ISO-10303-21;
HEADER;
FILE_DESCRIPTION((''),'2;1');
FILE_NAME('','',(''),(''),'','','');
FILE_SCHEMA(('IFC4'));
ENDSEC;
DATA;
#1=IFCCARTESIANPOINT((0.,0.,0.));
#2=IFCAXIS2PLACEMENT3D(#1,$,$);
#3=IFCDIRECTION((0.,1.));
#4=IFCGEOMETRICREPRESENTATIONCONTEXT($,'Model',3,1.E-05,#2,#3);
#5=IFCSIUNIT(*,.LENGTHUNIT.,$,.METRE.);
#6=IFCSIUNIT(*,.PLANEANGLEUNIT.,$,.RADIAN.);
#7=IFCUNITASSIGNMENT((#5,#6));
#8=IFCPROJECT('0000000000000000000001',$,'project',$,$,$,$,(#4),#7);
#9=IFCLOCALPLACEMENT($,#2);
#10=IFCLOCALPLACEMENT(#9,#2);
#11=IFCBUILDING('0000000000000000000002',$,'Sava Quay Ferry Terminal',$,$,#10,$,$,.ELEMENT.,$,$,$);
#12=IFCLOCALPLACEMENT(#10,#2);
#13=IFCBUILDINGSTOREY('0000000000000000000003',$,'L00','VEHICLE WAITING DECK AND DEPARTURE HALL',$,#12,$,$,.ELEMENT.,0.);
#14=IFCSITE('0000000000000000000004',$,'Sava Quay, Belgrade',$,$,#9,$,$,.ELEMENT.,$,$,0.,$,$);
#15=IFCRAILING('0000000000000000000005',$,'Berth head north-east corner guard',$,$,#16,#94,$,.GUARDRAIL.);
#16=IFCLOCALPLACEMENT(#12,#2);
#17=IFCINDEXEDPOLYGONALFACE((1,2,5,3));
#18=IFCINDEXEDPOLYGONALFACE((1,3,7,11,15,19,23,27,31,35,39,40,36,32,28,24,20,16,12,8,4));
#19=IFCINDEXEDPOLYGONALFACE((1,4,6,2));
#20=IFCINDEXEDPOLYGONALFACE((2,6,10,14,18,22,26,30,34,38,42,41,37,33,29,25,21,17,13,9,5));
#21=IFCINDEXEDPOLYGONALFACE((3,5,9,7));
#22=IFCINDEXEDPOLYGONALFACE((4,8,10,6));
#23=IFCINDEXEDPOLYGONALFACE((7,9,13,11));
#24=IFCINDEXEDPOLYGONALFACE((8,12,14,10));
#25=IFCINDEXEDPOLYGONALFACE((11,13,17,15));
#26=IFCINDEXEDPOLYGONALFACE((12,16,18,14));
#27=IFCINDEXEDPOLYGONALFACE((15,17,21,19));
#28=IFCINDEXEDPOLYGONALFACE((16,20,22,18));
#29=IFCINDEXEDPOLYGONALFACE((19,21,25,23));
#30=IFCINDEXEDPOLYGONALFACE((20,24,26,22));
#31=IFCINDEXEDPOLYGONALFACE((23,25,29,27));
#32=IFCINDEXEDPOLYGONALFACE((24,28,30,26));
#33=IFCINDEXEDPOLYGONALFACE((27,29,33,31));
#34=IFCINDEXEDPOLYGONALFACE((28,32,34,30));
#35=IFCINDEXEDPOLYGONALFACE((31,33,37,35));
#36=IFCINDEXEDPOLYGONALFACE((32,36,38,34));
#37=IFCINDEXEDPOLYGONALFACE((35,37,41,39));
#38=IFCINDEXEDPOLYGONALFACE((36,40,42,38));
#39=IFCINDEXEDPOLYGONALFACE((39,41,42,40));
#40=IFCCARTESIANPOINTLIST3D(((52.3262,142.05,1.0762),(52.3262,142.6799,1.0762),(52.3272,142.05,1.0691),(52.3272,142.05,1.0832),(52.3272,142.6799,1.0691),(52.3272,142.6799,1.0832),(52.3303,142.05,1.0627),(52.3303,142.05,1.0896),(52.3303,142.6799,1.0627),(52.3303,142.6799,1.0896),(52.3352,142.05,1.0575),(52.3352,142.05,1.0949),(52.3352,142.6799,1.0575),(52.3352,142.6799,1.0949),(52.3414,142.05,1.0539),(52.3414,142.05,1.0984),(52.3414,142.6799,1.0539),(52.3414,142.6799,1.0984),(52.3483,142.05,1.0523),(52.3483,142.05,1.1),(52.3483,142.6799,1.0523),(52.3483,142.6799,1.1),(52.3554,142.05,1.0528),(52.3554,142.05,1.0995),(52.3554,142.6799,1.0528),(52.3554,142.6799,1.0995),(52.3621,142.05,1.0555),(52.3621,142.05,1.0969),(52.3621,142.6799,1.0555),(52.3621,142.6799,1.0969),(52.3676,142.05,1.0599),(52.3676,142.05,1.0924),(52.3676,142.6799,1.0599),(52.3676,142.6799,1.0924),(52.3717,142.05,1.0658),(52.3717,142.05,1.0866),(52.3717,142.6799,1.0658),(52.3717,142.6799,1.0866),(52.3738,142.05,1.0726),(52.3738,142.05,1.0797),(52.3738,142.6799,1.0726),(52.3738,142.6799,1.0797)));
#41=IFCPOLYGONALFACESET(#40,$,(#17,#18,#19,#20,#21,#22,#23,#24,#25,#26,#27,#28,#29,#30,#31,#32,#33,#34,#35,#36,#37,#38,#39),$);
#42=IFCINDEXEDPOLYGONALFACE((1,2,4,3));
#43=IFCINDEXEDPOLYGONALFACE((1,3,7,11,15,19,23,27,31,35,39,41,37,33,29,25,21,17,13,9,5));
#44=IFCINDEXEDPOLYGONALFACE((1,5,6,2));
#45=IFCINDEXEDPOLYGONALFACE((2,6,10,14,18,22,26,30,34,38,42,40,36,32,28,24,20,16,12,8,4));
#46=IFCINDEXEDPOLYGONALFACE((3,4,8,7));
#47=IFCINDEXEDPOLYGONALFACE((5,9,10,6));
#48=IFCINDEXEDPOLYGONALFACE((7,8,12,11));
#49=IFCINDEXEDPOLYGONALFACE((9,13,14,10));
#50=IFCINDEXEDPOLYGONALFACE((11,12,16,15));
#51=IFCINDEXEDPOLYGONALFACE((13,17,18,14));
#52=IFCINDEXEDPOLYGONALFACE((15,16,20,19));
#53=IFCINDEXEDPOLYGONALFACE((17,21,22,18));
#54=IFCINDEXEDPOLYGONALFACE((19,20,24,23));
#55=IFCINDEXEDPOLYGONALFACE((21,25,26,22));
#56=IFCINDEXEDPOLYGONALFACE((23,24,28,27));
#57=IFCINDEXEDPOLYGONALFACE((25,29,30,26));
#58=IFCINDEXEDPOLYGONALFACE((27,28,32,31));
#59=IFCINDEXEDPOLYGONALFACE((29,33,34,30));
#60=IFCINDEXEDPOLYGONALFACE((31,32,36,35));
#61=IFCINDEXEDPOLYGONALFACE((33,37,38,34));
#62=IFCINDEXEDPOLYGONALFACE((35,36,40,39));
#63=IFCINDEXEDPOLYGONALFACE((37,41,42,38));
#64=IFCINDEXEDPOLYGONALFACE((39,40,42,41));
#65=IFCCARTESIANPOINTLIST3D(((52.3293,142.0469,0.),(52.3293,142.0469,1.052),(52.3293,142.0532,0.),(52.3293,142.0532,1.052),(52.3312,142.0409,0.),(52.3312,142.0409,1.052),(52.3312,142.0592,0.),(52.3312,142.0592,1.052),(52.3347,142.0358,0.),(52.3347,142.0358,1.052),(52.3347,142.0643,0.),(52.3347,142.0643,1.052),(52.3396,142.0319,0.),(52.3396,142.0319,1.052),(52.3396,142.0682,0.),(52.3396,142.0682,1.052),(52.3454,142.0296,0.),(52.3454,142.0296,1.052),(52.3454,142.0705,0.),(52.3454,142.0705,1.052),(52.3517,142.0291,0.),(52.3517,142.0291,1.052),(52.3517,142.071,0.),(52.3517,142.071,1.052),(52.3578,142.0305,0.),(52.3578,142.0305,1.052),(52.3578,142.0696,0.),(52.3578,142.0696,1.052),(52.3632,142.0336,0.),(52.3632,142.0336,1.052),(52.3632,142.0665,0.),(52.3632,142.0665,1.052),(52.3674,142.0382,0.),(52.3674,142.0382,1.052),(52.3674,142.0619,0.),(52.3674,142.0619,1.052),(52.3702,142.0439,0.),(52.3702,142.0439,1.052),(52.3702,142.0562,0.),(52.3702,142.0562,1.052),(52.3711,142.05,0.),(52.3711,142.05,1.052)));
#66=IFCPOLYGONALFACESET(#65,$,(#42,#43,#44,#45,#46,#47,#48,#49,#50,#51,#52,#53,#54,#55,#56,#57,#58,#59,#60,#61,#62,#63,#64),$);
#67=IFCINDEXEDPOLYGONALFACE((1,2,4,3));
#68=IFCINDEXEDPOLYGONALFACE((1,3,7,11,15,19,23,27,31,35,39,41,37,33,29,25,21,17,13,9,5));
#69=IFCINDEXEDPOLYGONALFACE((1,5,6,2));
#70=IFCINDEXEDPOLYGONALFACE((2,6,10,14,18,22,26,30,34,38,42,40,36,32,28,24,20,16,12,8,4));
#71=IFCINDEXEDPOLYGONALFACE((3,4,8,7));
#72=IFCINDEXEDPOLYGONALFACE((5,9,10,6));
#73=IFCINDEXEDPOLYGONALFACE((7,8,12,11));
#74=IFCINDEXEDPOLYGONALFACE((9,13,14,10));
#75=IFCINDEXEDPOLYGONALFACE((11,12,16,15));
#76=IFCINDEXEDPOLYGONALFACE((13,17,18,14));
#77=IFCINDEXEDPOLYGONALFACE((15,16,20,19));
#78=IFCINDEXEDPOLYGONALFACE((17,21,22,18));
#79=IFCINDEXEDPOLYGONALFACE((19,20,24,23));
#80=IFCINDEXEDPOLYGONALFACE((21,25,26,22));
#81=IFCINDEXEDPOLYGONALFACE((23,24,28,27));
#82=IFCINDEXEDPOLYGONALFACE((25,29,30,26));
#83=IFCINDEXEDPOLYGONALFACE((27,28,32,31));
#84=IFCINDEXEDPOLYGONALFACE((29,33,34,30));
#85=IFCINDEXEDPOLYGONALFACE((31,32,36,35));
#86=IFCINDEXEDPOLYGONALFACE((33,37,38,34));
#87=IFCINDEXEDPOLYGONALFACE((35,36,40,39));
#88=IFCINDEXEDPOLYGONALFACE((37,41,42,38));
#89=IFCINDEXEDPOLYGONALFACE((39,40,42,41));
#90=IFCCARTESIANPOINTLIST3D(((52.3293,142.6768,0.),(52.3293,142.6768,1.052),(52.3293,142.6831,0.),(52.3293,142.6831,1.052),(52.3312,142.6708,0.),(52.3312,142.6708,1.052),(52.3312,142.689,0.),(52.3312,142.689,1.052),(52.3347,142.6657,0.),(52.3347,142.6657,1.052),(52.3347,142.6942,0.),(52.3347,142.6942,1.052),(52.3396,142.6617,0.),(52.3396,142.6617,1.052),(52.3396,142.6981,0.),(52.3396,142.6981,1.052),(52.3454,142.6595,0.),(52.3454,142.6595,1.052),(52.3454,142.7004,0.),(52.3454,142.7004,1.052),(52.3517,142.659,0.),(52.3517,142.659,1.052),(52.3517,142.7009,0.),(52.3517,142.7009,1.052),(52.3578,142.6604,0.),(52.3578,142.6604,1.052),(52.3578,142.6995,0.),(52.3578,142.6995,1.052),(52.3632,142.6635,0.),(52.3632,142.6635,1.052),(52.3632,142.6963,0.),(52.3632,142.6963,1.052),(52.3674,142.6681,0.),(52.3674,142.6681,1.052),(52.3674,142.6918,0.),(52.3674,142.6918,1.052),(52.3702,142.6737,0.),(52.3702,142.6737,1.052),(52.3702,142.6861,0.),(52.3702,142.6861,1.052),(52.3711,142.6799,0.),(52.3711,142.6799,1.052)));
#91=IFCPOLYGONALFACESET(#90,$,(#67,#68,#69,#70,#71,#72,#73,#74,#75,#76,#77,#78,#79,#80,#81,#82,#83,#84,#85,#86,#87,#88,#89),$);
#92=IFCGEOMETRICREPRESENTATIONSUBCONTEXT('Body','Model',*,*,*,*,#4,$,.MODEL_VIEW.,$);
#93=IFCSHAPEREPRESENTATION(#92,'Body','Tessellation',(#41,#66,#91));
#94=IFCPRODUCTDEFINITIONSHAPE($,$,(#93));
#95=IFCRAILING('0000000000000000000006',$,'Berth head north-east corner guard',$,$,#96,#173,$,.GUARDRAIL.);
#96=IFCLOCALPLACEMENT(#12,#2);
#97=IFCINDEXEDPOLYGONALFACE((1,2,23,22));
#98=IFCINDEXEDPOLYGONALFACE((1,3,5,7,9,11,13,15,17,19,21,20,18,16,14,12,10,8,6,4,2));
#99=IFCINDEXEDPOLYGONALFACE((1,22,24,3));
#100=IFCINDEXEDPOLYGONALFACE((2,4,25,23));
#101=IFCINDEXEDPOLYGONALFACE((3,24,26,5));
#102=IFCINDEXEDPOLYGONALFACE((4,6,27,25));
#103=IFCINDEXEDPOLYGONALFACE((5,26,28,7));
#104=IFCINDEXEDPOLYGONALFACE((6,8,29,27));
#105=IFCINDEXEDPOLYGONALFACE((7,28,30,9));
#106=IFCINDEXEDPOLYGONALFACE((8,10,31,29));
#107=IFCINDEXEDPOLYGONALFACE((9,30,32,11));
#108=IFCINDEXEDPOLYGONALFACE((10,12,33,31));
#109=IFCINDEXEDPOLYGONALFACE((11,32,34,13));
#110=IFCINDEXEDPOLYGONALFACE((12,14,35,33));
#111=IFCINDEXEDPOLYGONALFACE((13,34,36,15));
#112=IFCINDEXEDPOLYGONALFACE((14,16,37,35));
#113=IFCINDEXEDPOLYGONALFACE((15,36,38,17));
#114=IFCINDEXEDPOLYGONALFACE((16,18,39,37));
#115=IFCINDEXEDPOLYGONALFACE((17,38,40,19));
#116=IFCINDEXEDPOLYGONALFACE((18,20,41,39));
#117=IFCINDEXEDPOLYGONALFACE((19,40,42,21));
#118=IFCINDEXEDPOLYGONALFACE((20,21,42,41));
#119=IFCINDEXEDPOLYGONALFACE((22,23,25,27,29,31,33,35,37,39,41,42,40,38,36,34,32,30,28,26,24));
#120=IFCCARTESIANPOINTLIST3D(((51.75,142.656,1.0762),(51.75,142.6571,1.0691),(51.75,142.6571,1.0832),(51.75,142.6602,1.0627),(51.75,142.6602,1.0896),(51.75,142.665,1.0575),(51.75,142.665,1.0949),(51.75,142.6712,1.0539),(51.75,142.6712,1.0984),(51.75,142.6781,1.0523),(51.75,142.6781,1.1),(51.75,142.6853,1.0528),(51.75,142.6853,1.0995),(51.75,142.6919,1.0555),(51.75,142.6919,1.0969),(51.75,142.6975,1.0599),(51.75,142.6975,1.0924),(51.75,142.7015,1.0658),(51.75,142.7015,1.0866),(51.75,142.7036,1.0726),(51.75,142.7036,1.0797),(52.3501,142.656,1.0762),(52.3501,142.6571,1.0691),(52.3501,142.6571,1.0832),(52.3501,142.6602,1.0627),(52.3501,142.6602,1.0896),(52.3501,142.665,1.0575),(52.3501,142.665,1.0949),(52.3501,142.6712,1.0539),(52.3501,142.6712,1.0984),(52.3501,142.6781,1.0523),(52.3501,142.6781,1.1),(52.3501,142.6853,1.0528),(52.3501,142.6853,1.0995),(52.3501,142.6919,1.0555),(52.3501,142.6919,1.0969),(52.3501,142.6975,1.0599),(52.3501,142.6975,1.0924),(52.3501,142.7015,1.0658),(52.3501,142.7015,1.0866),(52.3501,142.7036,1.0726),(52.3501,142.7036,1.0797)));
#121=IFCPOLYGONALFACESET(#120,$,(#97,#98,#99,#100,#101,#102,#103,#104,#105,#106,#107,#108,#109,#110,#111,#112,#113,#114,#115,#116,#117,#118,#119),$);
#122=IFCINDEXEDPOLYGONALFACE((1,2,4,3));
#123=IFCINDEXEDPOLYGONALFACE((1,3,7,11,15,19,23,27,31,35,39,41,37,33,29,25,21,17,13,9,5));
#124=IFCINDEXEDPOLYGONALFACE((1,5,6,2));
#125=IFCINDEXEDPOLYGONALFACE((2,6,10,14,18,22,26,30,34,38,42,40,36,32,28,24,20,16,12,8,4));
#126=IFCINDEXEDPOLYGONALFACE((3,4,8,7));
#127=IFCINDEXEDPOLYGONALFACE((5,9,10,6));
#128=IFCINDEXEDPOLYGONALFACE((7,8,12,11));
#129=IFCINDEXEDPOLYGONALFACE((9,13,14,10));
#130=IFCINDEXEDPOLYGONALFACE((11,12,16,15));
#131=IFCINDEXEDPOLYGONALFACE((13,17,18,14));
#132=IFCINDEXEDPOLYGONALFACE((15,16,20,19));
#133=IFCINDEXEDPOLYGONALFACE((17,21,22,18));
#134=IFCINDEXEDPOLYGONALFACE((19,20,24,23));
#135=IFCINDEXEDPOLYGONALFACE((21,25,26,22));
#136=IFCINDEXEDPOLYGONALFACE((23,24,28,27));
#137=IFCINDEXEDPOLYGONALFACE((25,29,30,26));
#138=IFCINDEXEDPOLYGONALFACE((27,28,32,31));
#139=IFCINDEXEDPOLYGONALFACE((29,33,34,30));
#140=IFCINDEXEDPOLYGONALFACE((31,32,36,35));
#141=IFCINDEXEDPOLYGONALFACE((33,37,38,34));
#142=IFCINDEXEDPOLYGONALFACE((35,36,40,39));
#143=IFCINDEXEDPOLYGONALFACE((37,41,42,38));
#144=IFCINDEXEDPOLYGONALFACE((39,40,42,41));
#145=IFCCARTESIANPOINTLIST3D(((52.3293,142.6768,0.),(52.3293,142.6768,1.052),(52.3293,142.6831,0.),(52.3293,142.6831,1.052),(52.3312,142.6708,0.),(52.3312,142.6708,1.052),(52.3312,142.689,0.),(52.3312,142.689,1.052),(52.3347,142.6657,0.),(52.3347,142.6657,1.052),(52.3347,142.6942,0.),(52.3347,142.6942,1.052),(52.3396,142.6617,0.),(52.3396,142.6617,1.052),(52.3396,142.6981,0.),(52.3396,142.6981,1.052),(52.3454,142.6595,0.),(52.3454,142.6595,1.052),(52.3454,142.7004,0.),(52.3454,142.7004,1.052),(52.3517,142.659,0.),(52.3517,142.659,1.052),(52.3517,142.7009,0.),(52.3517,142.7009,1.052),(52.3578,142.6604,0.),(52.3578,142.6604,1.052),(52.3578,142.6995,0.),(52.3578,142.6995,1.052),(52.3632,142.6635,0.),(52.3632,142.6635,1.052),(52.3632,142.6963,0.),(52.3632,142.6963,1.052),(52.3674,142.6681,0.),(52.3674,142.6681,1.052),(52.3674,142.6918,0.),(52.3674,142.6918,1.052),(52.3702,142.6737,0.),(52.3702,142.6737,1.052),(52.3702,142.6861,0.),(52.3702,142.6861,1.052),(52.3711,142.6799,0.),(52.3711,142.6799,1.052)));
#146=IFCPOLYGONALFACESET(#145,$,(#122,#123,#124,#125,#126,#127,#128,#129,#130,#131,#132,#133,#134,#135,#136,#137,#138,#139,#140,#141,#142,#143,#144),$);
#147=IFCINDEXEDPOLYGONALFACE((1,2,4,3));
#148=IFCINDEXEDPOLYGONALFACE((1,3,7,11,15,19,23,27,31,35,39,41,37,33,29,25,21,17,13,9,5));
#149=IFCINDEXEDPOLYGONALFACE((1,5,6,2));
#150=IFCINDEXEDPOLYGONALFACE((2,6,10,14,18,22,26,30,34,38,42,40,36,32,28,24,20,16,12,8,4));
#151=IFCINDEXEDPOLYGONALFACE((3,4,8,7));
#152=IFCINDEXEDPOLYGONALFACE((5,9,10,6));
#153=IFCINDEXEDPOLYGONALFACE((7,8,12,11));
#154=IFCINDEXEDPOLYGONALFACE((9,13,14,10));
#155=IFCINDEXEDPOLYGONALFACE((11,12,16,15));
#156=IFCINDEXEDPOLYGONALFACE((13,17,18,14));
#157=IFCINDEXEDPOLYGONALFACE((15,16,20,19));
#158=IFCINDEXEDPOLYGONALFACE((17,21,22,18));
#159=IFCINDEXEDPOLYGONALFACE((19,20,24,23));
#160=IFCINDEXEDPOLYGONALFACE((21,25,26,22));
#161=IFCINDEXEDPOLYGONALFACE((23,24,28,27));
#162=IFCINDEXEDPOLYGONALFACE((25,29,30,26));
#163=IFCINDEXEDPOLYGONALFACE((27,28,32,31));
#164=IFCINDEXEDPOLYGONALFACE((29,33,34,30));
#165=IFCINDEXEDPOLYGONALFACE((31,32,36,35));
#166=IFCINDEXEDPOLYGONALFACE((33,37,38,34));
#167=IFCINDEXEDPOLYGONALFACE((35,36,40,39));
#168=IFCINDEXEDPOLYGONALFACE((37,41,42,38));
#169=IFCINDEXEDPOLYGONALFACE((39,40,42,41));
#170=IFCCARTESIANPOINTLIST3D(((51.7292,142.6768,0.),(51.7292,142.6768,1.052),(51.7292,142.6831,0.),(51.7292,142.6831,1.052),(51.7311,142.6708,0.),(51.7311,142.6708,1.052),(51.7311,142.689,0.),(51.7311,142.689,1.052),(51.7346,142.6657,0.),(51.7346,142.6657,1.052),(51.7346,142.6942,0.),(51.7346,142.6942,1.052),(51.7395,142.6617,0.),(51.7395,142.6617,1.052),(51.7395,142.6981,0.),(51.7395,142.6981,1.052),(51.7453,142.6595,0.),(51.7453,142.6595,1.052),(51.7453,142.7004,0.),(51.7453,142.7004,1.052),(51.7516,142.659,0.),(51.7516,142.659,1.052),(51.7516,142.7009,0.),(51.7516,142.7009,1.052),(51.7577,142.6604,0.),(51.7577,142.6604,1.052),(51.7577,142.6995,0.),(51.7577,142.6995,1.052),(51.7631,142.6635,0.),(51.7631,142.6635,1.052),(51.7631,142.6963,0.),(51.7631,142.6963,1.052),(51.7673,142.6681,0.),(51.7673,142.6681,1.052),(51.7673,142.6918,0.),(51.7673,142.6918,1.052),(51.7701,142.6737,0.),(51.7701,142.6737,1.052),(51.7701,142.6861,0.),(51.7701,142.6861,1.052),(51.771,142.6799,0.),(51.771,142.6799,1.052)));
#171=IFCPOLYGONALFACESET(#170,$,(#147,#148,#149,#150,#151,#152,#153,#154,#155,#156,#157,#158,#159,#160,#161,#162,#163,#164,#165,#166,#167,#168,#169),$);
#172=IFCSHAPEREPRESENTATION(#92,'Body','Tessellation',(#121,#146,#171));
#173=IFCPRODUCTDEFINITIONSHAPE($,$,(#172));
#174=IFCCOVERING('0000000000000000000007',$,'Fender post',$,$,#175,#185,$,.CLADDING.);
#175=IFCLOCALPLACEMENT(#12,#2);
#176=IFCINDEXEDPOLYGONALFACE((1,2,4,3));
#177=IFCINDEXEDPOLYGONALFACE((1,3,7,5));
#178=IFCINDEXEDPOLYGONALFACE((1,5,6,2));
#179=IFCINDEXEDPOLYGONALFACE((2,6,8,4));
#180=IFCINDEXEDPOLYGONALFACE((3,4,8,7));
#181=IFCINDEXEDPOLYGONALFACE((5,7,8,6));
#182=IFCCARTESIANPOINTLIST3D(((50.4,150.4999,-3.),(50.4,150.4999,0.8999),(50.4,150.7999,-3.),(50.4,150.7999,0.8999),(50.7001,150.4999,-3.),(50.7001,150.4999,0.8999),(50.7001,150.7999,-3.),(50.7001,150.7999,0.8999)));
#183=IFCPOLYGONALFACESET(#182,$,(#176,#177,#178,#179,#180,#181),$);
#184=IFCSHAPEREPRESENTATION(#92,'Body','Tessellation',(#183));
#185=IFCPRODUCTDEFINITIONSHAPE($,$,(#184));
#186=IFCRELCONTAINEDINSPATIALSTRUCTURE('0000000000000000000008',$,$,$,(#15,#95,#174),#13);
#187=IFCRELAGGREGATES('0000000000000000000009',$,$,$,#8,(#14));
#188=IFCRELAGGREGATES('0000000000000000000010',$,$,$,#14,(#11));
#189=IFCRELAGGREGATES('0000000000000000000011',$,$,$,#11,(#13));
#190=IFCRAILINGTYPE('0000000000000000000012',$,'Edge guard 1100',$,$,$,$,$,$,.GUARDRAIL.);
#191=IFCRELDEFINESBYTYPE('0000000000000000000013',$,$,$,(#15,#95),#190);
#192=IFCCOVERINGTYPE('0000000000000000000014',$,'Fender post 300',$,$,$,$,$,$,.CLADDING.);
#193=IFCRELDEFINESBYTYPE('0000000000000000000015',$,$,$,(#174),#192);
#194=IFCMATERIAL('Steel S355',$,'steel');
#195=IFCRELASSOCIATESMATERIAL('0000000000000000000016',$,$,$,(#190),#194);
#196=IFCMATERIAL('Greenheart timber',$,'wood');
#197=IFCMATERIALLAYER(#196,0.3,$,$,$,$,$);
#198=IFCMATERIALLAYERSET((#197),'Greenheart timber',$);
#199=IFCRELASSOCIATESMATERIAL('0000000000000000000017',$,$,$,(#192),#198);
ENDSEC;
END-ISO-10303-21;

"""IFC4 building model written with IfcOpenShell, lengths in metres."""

from ifc_helpers import new_model, si_unit, direction, frame, origin, origin_2d, place, context, subcontext, project, spatial, rectangle, circle, extrude, material, layer, layer_set, type_object, element, save


model = new_model("IFC4")

# Units and contexts
model_context = context("Model", 3, precision=1e-05, world=origin(), true_north=direction((0.0, 1.0)))
body_context = subcontext(model_context, "Body", "Model", "MODEL_VIEW")
ifc_project = project(units=[si_unit("LENGTHUNIT", "METRE"), si_unit("PLANEANGLEUNIT", "RADIAN")], contexts=[model_context])

# Site, building, storey
site_placement = place(None, origin())
site = spatial("IfcSite", under=ifc_project, at=site_placement, Name="Sava Quay, Belgrade", CompositionType="ELEMENT", RefElevation=0.0)
building_placement = place(site_placement, origin())
building = spatial("IfcBuilding", under=site, at=building_placement, Name="Sava Quay Ferry Terminal", CompositionType="ELEMENT")
storey_placement = place(building_placement, origin())
storey = spatial("IfcBuildingStorey", under=building, at=storey_placement, Name="L00", Description="VEHICLE WAITING DECK AND DEPARTURE HALL", CompositionType="ELEMENT", Elevation=0.0)

# Railings
ifc_material_1 = material(Name="Steel S355", Category="steel")
railing_type = type_object("IfcRailingType", Name="Edge guard 1100", PredefinedType="GUARDRAIL", material=ifc_material_1)
for number, where, name in (
    (1, (52.3501, 142.05, 0.0), "Berth head north-east corner guard"),
):
    element("IfcRailing", number, at=place(storey_placement, frame(where)), inside=storey, type_object=railing_type, Name=name, PredefinedType="GUARDRAIL", context=body_context, shape_type="SweptSolid", body=[
        extrude(circle(Radius=0.0239, at=origin_2d()), frame((0.0, 0.0, 1.0762), z_axis=(0.0, 1.0, 0.0), x_axis=(-1.0, 0.0, 0.0)), (0.0, 0.0, 1.0), 0.6299),
        extrude(circle(Radius=0.021, at=origin_2d()), origin(), (0.0, 0.0, 1.0), 1.052),
        extrude(circle(Radius=0.021, at=origin_2d()), frame((0.0, 0.6299, 0.0)), (0.0, 0.0, 1.0), 1.052),
    ])
railing_1_placement = place(storey_placement, frame((52.3501, 142.6799, 0.0)))
element("IfcRailing", 2, at=railing_1_placement, inside=storey, type_object=railing_type, Name="Berth head north-east corner guard", PredefinedType="GUARDRAIL", context=body_context, shape_type="SweptSolid", body=[
    extrude(circle(Radius=0.0239, at=origin_2d()), frame((0.0, 0.0, 1.0762), z_axis=(-1.0, 0.0, 0.0), x_axis=(0.0, -1.0, 0.0)), (0.0, 0.0, 1.0), 0.6001),
    extrude(circle(Radius=0.021, at=origin_2d()), origin(), (0.0, 0.0, 1.0), 1.052),
    extrude(circle(Radius=0.021, at=origin_2d()), frame((-0.6001, 0.0, 0.0)), (0.0, 0.0, 1.0), 1.052),
])

# Covering
ifc_material_2 = material(Name="Greenheart timber", Category="wood")
ifc_layer_1 = layer(ifc_material_2, 0.3)
ifc_layer_set_1 = layer_set([ifc_layer_1], Name="Greenheart timber")
covering_type = type_object("IfcCoveringType", Name="Fender post 300", PredefinedType="CLADDING", material=ifc_layer_set_1)
covering_placement = place(storey_placement, frame((50.55, 150.6499, -3.0), z_axis=(0.0, 0.0, 1.0), x_axis=(1.0, 0.0, 0.0)))
element("IfcCovering", 3, at=covering_placement, inside=storey, type_object=covering_type, Name="Fender post", PredefinedType="CLADDING", context=body_context, shape_type="SweptSolid", body=[
    extrude(rectangle(XDim=0.3, YDim=0.3, at=origin_2d()), origin(), (0.0, 0.0, 1.0), 3.8999),
])

save(model, "model.ifc")
